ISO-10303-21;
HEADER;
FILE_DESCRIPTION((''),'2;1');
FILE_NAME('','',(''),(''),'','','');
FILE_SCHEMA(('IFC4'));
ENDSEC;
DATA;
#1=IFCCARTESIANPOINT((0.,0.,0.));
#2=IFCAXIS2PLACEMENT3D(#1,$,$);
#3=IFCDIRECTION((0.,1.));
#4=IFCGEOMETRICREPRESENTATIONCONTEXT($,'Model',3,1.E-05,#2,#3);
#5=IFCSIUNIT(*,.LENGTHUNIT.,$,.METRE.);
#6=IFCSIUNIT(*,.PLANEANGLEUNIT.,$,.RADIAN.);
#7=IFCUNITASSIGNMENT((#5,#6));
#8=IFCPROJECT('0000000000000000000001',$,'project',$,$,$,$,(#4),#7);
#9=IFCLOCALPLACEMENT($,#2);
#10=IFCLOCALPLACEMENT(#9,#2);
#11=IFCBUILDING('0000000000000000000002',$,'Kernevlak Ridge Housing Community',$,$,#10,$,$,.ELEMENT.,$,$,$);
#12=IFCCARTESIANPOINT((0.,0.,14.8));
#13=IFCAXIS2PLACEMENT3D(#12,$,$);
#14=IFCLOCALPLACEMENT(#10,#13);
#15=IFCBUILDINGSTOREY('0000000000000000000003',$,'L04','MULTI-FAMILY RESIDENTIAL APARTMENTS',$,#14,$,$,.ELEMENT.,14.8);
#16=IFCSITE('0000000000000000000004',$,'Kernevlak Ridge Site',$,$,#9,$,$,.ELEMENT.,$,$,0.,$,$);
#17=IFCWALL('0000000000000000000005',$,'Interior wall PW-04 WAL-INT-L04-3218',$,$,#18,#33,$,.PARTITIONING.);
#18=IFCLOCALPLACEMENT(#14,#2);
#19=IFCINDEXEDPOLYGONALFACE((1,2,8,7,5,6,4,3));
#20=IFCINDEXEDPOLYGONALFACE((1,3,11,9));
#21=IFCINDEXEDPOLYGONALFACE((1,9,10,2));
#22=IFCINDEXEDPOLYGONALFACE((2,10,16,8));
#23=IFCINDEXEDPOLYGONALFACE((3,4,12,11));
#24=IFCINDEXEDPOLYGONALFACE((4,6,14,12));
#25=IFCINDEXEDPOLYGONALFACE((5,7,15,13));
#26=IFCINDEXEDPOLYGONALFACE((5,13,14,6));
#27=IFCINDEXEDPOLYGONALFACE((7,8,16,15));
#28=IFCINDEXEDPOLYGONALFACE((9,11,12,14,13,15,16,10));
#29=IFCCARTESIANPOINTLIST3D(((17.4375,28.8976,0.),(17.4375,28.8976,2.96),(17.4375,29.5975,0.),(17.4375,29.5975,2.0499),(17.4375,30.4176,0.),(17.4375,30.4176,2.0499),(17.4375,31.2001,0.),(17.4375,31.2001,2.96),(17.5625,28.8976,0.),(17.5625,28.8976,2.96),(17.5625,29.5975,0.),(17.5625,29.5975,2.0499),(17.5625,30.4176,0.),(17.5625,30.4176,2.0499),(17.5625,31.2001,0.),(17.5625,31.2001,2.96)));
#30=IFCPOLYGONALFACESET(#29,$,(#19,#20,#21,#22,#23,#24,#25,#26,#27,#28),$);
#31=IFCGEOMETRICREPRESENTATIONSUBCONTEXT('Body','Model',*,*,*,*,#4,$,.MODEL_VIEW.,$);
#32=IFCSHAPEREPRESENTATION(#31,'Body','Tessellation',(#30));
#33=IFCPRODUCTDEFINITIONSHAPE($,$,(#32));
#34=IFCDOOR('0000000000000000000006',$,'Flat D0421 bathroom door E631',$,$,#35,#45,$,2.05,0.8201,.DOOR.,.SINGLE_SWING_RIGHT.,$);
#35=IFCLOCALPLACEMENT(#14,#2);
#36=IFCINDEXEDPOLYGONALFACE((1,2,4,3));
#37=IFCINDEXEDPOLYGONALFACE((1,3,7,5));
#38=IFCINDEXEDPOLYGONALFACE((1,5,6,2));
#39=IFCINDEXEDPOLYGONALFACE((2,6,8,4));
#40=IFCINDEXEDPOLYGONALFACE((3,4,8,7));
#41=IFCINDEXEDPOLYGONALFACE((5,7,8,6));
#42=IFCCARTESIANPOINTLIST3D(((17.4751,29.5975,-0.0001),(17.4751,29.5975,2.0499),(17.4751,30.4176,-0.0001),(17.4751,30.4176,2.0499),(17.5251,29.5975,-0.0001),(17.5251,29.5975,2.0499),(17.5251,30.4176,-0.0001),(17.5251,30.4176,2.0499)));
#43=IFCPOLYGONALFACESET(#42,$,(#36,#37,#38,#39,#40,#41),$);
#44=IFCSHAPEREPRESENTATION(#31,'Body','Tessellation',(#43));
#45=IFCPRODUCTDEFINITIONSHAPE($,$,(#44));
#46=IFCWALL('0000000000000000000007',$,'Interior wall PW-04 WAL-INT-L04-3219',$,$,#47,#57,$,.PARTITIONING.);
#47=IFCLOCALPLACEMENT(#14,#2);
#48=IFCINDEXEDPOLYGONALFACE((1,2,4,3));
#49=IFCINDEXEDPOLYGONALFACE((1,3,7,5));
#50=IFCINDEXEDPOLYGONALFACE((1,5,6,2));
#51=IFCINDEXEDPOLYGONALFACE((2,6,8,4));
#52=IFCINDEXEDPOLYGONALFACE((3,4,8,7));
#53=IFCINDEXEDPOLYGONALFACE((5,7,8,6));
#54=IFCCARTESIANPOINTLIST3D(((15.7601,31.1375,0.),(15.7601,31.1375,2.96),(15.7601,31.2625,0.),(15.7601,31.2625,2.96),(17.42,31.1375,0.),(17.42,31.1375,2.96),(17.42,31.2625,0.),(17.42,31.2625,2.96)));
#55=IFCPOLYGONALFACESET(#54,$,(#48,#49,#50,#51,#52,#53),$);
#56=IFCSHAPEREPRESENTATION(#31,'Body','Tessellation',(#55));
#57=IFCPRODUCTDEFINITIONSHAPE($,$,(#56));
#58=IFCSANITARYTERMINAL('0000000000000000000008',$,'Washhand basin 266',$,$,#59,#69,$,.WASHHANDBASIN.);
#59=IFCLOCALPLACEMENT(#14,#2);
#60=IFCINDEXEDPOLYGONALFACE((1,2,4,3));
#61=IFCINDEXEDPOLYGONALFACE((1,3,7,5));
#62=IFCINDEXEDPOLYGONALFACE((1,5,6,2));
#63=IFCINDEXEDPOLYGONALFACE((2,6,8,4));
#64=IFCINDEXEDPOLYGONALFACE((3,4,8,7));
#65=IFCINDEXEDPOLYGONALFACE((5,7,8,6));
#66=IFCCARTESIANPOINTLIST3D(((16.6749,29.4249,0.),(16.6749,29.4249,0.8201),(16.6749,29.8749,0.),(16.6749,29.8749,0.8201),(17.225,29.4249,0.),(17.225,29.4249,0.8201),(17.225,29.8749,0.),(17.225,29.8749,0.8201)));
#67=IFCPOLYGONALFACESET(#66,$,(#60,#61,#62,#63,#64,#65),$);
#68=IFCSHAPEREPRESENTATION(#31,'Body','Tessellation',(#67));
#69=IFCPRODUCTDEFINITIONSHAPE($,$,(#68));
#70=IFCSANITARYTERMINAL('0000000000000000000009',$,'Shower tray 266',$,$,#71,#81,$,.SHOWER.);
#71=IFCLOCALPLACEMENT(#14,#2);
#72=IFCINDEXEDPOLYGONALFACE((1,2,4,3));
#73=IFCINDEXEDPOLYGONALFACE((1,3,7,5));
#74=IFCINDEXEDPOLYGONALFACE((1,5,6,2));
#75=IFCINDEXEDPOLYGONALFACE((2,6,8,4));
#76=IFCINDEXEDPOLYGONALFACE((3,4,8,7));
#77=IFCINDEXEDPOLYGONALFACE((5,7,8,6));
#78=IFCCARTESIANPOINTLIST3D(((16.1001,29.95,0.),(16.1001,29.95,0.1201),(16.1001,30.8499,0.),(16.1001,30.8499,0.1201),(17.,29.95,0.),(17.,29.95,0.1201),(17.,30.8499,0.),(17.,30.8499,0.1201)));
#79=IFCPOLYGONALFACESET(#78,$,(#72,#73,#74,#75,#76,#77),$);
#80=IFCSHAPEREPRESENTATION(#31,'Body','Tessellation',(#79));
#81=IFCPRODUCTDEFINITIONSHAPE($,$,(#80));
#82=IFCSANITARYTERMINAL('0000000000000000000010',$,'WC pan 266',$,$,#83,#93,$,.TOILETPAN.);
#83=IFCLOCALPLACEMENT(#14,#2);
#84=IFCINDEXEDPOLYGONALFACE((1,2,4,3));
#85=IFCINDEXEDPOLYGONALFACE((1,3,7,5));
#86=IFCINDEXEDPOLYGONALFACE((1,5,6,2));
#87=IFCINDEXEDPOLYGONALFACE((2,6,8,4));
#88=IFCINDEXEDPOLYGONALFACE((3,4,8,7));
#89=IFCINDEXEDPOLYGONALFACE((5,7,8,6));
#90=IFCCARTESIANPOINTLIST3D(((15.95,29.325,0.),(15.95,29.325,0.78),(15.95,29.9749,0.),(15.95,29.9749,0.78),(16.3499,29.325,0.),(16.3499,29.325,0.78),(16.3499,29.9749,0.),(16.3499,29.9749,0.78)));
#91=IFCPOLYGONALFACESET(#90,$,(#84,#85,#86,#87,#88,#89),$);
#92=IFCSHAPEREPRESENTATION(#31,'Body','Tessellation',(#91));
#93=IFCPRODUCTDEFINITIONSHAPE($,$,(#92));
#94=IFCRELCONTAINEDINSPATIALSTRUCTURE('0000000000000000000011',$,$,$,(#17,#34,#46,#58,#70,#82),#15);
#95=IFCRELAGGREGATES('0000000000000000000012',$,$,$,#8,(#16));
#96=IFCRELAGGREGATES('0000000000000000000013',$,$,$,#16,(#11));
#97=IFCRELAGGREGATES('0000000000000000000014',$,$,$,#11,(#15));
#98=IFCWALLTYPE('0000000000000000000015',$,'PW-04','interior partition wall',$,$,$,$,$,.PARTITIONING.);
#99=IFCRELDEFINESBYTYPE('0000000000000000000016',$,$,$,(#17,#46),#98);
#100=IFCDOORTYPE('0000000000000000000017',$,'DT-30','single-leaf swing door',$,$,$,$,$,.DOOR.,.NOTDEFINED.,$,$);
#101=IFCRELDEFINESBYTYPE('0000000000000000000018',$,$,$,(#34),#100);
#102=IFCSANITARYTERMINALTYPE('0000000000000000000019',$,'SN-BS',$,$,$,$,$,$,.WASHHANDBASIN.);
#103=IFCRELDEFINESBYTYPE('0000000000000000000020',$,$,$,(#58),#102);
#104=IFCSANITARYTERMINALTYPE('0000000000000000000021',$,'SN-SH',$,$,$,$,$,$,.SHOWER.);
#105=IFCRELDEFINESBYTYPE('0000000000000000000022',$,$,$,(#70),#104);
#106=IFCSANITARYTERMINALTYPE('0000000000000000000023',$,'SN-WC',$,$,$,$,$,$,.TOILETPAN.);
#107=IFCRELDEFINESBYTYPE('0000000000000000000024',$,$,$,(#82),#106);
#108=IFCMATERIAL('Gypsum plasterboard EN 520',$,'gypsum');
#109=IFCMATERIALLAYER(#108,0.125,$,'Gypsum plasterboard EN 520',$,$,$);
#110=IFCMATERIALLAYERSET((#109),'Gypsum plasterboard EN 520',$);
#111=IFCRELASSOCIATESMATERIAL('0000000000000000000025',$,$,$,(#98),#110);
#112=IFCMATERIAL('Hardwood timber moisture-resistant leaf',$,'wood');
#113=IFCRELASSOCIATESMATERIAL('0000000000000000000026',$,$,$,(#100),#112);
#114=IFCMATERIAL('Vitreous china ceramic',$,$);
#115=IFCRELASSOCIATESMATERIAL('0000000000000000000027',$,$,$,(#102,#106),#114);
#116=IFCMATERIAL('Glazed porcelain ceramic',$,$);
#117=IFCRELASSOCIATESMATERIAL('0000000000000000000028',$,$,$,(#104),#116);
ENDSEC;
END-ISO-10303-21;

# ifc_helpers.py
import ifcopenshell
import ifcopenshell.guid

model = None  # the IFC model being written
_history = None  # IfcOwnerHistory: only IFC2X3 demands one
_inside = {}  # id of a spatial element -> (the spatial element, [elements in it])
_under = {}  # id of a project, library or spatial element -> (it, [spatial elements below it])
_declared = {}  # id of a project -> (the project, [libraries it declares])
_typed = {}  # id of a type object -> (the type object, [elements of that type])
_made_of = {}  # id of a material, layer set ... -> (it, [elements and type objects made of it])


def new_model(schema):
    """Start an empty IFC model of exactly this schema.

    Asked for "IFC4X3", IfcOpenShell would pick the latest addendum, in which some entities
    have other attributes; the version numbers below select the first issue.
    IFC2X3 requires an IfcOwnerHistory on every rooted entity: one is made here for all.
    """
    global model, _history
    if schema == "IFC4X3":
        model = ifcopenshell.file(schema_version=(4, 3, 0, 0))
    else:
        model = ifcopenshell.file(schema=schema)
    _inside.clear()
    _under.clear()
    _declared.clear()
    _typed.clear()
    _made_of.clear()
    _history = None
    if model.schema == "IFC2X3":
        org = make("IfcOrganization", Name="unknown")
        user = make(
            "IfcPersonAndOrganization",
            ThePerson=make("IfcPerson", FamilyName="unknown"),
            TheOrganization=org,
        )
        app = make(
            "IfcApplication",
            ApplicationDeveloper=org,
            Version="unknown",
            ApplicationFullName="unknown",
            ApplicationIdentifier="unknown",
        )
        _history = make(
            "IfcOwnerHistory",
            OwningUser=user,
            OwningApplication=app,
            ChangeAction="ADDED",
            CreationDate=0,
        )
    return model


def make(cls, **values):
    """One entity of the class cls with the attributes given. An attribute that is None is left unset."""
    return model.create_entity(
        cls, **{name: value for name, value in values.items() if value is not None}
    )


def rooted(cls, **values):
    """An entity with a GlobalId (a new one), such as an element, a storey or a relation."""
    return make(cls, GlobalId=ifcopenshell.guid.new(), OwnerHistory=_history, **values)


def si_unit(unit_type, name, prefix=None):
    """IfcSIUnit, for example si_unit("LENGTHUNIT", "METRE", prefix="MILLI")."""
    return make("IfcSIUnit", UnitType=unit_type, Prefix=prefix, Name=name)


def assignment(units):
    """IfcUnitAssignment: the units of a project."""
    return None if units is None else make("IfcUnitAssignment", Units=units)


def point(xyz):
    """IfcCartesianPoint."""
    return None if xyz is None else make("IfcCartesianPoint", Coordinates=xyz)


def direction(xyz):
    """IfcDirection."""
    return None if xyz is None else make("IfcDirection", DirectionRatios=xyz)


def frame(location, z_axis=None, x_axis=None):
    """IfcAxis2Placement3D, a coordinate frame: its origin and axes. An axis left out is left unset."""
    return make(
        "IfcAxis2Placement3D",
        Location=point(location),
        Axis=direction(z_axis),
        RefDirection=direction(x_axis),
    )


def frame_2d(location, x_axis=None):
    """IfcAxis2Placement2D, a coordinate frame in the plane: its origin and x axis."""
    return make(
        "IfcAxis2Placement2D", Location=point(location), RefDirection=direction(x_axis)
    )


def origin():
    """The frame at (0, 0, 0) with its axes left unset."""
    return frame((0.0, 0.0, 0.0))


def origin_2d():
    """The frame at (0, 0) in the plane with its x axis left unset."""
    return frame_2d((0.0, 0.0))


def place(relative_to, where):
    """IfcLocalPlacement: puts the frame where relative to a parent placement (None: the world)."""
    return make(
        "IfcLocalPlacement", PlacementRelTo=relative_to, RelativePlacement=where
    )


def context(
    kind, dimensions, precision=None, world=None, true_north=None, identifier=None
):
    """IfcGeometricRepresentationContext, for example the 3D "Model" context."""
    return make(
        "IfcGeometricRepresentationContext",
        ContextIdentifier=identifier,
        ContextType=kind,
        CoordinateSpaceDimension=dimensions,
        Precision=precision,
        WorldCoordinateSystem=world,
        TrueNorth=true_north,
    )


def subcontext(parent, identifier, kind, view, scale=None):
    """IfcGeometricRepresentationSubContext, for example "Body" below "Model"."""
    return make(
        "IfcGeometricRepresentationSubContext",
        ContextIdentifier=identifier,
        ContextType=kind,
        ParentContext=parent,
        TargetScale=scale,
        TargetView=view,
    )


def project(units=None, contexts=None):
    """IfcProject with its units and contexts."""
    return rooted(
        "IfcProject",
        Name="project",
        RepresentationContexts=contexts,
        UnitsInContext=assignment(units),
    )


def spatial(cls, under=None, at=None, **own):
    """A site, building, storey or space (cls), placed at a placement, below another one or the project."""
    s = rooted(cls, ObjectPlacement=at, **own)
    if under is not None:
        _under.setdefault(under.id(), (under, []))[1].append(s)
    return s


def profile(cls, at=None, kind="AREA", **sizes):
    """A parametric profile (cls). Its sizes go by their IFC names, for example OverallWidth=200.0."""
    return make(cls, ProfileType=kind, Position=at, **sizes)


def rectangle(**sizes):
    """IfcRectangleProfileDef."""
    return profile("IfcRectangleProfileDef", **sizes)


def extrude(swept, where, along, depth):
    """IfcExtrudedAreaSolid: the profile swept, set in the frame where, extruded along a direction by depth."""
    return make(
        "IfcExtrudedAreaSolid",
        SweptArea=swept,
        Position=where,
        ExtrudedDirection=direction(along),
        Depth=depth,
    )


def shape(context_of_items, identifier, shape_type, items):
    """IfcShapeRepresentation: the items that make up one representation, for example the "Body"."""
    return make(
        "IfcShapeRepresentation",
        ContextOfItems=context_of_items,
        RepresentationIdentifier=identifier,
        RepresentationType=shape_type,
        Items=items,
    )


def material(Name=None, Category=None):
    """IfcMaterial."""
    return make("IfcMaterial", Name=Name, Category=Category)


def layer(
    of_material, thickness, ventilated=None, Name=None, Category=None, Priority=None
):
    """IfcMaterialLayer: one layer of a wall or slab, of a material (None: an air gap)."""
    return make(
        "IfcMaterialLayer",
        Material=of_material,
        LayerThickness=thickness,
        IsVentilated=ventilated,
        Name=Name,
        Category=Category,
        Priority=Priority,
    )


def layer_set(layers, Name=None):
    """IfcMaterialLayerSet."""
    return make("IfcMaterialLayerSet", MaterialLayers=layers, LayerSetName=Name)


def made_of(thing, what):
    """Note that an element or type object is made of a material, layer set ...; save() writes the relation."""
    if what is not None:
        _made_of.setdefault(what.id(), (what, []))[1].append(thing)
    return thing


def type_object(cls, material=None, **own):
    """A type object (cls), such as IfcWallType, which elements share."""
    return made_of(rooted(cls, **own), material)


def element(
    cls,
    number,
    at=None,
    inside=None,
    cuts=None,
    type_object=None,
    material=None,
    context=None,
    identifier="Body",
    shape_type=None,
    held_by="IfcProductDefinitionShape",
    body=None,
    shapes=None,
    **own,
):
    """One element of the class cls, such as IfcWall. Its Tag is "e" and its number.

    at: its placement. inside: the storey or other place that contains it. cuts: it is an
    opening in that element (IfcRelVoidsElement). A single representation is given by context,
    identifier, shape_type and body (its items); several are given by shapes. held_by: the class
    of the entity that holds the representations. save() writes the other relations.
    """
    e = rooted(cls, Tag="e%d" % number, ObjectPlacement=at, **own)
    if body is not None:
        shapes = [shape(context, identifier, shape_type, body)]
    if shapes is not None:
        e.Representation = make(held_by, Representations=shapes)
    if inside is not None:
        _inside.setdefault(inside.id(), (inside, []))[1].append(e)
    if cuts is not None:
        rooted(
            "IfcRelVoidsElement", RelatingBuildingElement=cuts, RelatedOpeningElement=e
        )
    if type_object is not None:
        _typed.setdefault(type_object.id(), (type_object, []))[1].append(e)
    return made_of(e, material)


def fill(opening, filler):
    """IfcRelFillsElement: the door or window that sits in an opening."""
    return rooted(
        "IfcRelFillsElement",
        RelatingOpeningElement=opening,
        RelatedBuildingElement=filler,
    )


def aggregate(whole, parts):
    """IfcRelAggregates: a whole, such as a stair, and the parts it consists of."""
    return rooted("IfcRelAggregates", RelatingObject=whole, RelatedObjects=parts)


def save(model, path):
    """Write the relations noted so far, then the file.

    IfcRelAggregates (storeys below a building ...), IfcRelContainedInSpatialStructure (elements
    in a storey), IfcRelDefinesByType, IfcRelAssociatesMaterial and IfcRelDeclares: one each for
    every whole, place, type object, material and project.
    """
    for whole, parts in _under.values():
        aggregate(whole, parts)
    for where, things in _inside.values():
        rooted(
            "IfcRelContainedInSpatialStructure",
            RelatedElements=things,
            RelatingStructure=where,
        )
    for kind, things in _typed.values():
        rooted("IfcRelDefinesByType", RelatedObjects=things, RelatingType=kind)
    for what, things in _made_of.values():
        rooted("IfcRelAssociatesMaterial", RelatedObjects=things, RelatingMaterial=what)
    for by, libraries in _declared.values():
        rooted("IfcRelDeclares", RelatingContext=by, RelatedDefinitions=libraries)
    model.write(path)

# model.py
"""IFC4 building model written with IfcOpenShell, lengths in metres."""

from ifc_helpers import new_model, si_unit, direction, frame, frame_2d, origin, origin_2d, place, context, subcontext, project, spatial, rectangle, extrude, material, layer, layer_set, type_object, element, fill, save


model = new_model("IFC4")

# Units and contexts
model_context = context("Model", 3, precision=1e-05, world=origin(), true_north=direction((0.0, 1.0)))
body_context = subcontext(model_context, "Body", "Model", "MODEL_VIEW")
ifc_project = project(units=[si_unit("LENGTHUNIT", "METRE"), si_unit("PLANEANGLEUNIT", "RADIAN")], contexts=[model_context])

# Site, building, storey
site_placement = place(None, origin())
site = spatial("IfcSite", under=ifc_project, at=site_placement, Name="Kernevlak Ridge Site", CompositionType="ELEMENT", RefElevation=0.0)
building_placement = place(site_placement, origin())
building = spatial("IfcBuilding", under=site, at=building_placement, Name="Kernevlak Ridge Housing Community", CompositionType="ELEMENT")
storey_placement = place(building_placement, frame((0.0, 0.0, 14.8)))
storey = spatial("IfcBuildingStorey", under=building, at=storey_placement, Name="L04", Description="MULTI-FAMILY RESIDENTIAL APARTMENTS", CompositionType="ELEMENT", Elevation=14.8)

# Wall, opening, door
ifc_material_1 = material(Name="Gypsum plasterboard EN 520", Category="gypsum")
ifc_layer_1 = layer(ifc_material_1, 0.125, Name="Gypsum plasterboard EN 520")
ifc_layer_set_1 = layer_set([ifc_layer_1], Name="Gypsum plasterboard EN 520")
wall_type_1 = type_object("IfcWallType", Name="PW-04", Description="interior partition wall", PredefinedType="PARTITIONING", material=ifc_layer_set_1)
wall_1_placement = place(storey_placement, frame((17.5, 28.8975, 0.0), z_axis=(0.0, 0.0, 1.0), x_axis=(0.0, 1.0, 0.0)))
wall_1 = element("IfcWall", 1, at=wall_1_placement, inside=storey, type_object=wall_type_1, Name="Interior wall PW-04 WAL-INT-L04-3218", PredefinedType="PARTITIONING", context=body_context, shape_type="SweptSolid", body=[
    extrude(rectangle(XDim=2.3025, YDim=0.125, at=frame_2d((1.1514, 0.0))), origin(), (0.0, 0.0, 1.0), 2.96),
])
opening_1_placement = place(wall_1_placement, frame((0.7, 0.0, 0.0)))
opening_1 = element("IfcOpeningElement", 2, at=opening_1_placement, cuts=wall_1, PredefinedType="OPENING", context=body_context, shape_type="SweptSolid", body=[
    extrude(rectangle(XDim=0.8201, YDim=2.05, at=frame_2d((0.4102, 1.0249))), frame((0.0, 0.0725, 0.0), z_axis=(0.0, -1.0, 0.0), x_axis=(1.0, 0.0, 0.0)), (0.0, 0.0, 1.0), 0.145),
])
ifc_material_2 = material(Name="Hardwood timber moisture-resistant leaf", Category="wood")
door_type_1 = type_object("IfcDoorType", Name="DT-30", Description="single-leaf swing door", OperationType="NOTDEFINED", PredefinedType="DOOR", material=ifc_material_2)
door_1_placement = place(opening_1_placement, origin())
door_1 = element("IfcDoor", 3, at=door_1_placement, inside=storey, type_object=door_type_1, Name="Flat D0421 bathroom door E631", OperationType="SINGLE_SWING_RIGHT", OverallHeight=2.05, OverallWidth=0.8201, PredefinedType="DOOR", context=body_context, shape_type="SweptSolid", body=[
    extrude(rectangle(XDim=0.8201, YDim=2.05, at=frame_2d((0.4102, 1.0249))), frame((0.0, 0.0249, 0.0), z_axis=(0.0, -1.0, 0.0), x_axis=(1.0, 0.0, 0.0)), (0.0, 0.0, 1.0), 0.05),
])
fill(opening_1, door_1)

# Wall
wall_2_placement = place(storey_placement, frame((15.76, 31.2, 0.0), z_axis=(0.0, 0.0, 1.0), x_axis=(1.0, 0.0, 0.0)))
element("IfcWall", 4, at=wall_2_placement, inside=storey, type_object=wall_type_1, Name="Interior wall PW-04 WAL-INT-L04-3219", PredefinedType="PARTITIONING", context=body_context, shape_type="SweptSolid", body=[
    extrude(rectangle(XDim=1.6599, YDim=0.125, at=frame_2d((0.8301, 0.0))), origin(), (0.0, 0.0, 1.0), 2.96),
])

# Sanitary terminals
ifc_material_3 = material(Name="Vitreous china ceramic")
sanitary_terminal_type_1 = type_object("IfcSanitaryTerminalType", Name="SN-BS", PredefinedType="WASHHANDBASIN", material=ifc_material_3)
sanitary_terminal_1_placement = place(storey_placement, frame((16.95, 29.6499, 0.0), z_axis=(0.0, 0.0, 1.0), x_axis=(1.0, 0.0, 0.0)))
element("IfcSanitaryTerminal", 5, at=sanitary_terminal_1_placement, inside=storey, type_object=sanitary_terminal_type_1, Name="Washhand basin 266", PredefinedType="WASHHANDBASIN", context=body_context, shape_type="SweptSolid", body=[
    extrude(rectangle(XDim=0.55, YDim=0.45, at=origin_2d()), origin(), (0.0, 0.0, 1.0), 0.8201),
])
ifc_material_4 = material(Name="Glazed porcelain ceramic")
sanitary_terminal_type_2 = type_object("IfcSanitaryTerminalType", Name="SN-SH", PredefinedType="SHOWER", material=ifc_material_4)
sanitary_terminal_2_placement = place(storey_placement, frame((16.55, 30.3999, 0.0), z_axis=(0.0, 0.0, 1.0), x_axis=(1.0, 0.0, 0.0)))
element("IfcSanitaryTerminal", 6, at=sanitary_terminal_2_placement, inside=storey, type_object=sanitary_terminal_type_2, Name="Shower tray 266", PredefinedType="SHOWER", context=body_context, shape_type="SweptSolid", body=[
    extrude(rectangle(XDim=0.8999, YDim=0.8999, at=origin_2d()), origin(), (0.0, 0.0, 1.0), 0.1201),
])
sanitary_terminal_type_3 = type_object("IfcSanitaryTerminalType", Name="SN-WC", PredefinedType="TOILETPAN", material=ifc_material_3)
sanitary_terminal_3_placement = place(storey_placement, frame((16.1499, 29.6499, 0.0), z_axis=(0.0, 0.0, 1.0), x_axis=(1.0, 0.0, 0.0)))
element("IfcSanitaryTerminal", 7, at=sanitary_terminal_3_placement, inside=storey, type_object=sanitary_terminal_type_3, Name="WC pan 266", PredefinedType="TOILETPAN", context=body_context, shape_type="SweptSolid", body=[
    extrude(rectangle(XDim=0.3999, YDim=0.6499, at=origin_2d()), origin(), (0.0, 0.0, 1.0), 0.78),
])

save(model, "model.ifc")
